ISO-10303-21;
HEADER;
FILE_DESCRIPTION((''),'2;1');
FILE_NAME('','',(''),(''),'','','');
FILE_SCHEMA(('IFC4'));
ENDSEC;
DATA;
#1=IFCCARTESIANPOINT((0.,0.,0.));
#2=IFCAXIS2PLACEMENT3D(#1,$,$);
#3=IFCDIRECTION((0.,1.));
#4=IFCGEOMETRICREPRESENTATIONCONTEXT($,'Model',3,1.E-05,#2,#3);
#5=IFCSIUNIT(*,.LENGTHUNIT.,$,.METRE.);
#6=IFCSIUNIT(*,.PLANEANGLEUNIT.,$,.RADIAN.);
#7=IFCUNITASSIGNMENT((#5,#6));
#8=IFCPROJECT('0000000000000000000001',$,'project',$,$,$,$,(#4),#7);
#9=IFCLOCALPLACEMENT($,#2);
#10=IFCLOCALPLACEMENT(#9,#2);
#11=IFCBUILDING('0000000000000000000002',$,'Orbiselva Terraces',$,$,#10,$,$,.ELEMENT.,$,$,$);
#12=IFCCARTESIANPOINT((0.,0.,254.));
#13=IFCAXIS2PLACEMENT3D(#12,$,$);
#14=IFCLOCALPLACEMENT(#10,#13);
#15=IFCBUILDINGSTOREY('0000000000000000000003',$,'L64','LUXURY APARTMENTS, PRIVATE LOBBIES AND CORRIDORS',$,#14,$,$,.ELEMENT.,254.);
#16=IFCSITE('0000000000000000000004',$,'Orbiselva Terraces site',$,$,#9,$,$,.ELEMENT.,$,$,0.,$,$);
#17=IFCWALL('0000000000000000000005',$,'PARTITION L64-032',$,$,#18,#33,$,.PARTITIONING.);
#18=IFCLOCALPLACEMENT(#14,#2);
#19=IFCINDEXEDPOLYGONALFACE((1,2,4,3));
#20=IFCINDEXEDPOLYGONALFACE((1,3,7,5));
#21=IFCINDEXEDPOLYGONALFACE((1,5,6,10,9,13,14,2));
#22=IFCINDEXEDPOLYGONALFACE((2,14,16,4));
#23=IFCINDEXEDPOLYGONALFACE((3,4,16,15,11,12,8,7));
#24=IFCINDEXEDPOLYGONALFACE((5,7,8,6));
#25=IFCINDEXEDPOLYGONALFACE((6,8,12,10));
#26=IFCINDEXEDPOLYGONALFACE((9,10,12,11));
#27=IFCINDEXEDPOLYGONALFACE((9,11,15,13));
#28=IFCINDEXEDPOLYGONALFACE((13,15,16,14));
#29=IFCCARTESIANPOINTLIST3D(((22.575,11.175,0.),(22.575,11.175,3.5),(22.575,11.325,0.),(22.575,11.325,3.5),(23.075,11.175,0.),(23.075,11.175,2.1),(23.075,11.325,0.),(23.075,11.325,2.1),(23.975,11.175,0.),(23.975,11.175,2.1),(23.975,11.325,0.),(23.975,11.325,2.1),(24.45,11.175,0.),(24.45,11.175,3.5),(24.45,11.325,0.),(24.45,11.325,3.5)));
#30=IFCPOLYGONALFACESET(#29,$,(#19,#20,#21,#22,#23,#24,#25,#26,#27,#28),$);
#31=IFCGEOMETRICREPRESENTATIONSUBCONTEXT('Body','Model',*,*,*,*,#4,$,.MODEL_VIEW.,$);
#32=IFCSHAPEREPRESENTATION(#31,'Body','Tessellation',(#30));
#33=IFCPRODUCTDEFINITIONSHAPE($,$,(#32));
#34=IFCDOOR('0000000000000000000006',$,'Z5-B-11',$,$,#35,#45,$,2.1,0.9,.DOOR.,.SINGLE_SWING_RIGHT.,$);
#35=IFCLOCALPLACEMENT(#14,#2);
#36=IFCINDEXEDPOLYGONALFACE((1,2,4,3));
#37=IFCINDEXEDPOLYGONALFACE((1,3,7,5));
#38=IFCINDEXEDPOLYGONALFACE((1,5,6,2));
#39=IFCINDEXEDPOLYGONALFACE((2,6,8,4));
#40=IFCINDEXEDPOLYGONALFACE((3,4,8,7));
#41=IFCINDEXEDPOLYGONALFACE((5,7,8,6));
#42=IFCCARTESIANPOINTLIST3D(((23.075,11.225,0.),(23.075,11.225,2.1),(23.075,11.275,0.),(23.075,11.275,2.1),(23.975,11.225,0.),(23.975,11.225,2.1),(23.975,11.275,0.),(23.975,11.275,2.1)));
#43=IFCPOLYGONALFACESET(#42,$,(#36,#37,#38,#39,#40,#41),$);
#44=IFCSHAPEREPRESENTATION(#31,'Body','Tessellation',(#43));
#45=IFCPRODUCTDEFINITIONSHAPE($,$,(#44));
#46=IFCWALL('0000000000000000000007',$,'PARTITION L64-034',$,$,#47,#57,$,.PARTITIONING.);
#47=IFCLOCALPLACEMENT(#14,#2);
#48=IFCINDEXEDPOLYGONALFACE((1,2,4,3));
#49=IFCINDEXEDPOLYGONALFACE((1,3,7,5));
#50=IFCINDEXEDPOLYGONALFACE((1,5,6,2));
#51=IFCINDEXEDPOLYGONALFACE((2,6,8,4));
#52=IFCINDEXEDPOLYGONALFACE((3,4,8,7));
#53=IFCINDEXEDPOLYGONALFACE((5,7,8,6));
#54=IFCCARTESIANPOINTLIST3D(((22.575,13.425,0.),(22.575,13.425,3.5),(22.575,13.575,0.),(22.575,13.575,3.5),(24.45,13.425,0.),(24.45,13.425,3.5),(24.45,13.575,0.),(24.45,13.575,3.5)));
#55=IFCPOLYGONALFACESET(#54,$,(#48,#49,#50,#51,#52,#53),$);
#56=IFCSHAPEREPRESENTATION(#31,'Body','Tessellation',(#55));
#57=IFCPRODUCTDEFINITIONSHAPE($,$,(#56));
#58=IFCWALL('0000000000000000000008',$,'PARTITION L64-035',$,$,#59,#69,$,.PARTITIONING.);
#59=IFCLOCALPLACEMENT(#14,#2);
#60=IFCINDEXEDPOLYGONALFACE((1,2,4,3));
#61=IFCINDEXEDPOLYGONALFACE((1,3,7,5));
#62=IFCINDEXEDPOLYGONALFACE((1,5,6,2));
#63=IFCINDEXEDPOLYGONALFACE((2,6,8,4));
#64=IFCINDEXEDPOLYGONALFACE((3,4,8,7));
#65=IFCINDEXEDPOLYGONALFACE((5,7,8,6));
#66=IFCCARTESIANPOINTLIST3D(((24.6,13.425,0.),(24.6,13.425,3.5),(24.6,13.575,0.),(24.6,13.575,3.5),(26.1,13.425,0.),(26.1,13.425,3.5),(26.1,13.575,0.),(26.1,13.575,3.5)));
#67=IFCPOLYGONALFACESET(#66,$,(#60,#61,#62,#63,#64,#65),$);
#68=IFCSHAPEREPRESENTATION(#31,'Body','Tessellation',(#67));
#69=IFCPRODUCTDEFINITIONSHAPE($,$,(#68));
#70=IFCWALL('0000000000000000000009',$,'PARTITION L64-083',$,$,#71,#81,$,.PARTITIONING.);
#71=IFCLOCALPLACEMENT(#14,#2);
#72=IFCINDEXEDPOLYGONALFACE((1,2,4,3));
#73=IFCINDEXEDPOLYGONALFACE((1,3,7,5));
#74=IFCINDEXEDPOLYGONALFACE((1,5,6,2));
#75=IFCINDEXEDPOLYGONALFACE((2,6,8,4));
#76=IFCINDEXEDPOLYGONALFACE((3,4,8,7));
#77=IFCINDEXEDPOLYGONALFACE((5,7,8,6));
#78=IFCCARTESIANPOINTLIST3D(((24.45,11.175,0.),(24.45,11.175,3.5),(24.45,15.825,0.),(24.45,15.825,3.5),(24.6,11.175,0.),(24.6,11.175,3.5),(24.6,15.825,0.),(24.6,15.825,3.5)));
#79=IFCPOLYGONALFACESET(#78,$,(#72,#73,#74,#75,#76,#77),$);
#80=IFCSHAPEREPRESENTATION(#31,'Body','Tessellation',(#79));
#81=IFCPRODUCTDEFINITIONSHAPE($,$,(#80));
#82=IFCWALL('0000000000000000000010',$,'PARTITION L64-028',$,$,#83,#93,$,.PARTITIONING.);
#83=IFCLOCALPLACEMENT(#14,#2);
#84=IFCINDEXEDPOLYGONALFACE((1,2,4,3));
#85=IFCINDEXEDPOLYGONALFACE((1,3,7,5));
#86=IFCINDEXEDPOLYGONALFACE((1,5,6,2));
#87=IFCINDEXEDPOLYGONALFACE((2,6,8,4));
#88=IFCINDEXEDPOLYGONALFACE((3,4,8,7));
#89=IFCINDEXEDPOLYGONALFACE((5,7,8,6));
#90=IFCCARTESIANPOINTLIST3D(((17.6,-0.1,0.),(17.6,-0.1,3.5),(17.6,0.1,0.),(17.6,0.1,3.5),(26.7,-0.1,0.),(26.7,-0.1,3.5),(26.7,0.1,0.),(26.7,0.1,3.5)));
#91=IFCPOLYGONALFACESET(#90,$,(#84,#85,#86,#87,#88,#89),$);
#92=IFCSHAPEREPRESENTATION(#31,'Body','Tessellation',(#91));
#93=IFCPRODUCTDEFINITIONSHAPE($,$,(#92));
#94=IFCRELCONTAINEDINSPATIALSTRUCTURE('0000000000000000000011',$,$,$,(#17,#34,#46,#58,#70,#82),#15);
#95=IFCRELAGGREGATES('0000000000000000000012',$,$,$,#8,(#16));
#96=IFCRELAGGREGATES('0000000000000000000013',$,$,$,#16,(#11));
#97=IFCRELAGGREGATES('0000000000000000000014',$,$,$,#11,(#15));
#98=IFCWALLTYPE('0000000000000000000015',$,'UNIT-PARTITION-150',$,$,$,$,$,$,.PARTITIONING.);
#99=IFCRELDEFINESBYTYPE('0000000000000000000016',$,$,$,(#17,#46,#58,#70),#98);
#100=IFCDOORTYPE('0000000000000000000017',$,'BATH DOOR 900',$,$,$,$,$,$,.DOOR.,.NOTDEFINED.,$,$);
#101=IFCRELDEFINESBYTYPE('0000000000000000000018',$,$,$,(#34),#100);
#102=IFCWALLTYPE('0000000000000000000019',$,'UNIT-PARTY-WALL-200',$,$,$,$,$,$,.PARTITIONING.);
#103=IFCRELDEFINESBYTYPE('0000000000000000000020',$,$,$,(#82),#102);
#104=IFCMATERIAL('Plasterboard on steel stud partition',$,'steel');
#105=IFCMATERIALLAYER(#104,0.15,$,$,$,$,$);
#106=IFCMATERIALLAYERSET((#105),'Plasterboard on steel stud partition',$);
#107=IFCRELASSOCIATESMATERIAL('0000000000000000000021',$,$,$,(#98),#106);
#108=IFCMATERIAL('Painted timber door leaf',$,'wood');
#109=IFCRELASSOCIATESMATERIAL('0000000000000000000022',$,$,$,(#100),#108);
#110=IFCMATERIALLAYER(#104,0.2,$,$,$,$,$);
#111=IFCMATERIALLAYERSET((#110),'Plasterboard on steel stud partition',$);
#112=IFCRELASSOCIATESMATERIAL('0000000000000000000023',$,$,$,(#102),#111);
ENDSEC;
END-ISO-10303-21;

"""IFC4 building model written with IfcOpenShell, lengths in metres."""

from ifc_helpers import new_model, si_unit, direction, frame, frame_2d, origin, place, context, subcontext, project, spatial, rectangle, extrude, material, layer, layer_set, type_object, element, fill, save


model = new_model("IFC4")

# Units and contexts
model_context = context("Model", 3, precision=1e-05, world=origin(), true_north=direction((0.0, 1.0)))
body_context = subcontext(model_context, "Body", "Model", "MODEL_VIEW")
ifc_project = project(units=[si_unit("LENGTHUNIT", "METRE"), si_unit("PLANEANGLEUNIT", "RADIAN")], contexts=[model_context])

# Site, building, storey
site_placement = place(None, origin())
site = spatial("IfcSite", under=ifc_project, at=site_placement, Name="Orbiselva Terraces site", CompositionType="ELEMENT", RefElevation=0.0)
building_placement = place(site_placement, origin())
building = spatial("IfcBuilding", under=site, at=building_placement, Name="Orbiselva Terraces", CompositionType="ELEMENT")
storey_placement = place(building_placement, frame((0.0, 0.0, 254.0)))
storey = spatial("IfcBuildingStorey", under=building, at=storey_placement, Name="L64", Description="LUXURY APARTMENTS, PRIVATE LOBBIES AND CORRIDORS", CompositionType="ELEMENT", Elevation=254.0)

# Shared definitions
ifc_material_1 = material(Name="Plasterboard on steel stud partition", Category="steel")
ifc_material_2 = material(Name="Painted timber door leaf", Category="wood")

# Shared definitions
ifc_layer_1 = layer(ifc_material_1, 0.15)
ifc_layer_set_1 = layer_set([ifc_layer_1], Name="Plasterboard on steel stud partition")
wall_type_1 = type_object("IfcWallType", Name="UNIT-PARTITION-150", PredefinedType="PARTITIONING", material=ifc_layer_set_1)

# Wall, opening, door
wall_1_placement = place(storey_placement, frame((22.575, 11.25, 0.0), z_axis=(0.0, 0.0, 1.0), x_axis=(1.0, 0.0, 0.0)))
wall_1 = element("IfcWall", 1, at=wall_1_placement, inside=storey, type_object=wall_type_1, Name="PARTITION L64-032", PredefinedType="PARTITIONING", context=body_context, shape_type="SweptSolid", body=[
    extrude(rectangle(XDim=1.875, YDim=0.15, at=frame_2d((0.9375, 0.0))), origin(), (0.0, 0.0, 1.0), 3.5),
])
opening_1_placement = place(wall_1_placement, frame((0.5, 0.0, 0.0)))
opening_1 = element("IfcOpeningElement", 2, at=opening_1_placement, cuts=wall_1, PredefinedType="OPENING", context=body_context, shape_type="SweptSolid", body=[
    extrude(rectangle(XDim=0.9, YDim=2.1, at=frame_2d((0.45, 1.05))), frame((0.0, 0.085, 0.0), z_axis=(0.0, -1.0, 0.0), x_axis=(1.0, 0.0, 0.0)), (0.0, 0.0, 1.0), 0.17),
])
door_type_1 = type_object("IfcDoorType", Name="BATH DOOR 900", OperationType="NOTDEFINED", PredefinedType="DOOR", material=ifc_material_2)
door_1_placement = place(opening_1_placement, origin())
door_1 = element("IfcDoor", 3, at=door_1_placement, inside=storey, type_object=door_type_1, Name="Z5-B-11", OperationType="SINGLE_SWING_RIGHT", OverallHeight=2.1, OverallWidth=0.9, PredefinedType="DOOR", context=body_context, shape_type="SweptSolid", body=[
    extrude(rectangle(XDim=0.9, YDim=2.1, at=frame_2d((0.45, 1.05))), frame((0.0, 0.025, 0.0), z_axis=(0.0, -1.0, 0.0), x_axis=(1.0, 0.0, 0.0)), (0.0, 0.0, 1.0), 0.05),
])
fill(opening_1, door_1)

# Walls
wall_2_placement = place(storey_placement, frame((22.575, 13.5, 0.0), z_axis=(0.0, 0.0, 1.0), x_axis=(1.0, 0.0, 0.0)))
element("IfcWall", 4, at=wall_2_placement, inside=storey, type_object=wall_type_1, Name="PARTITION L64-034", PredefinedType="PARTITIONING", context=body_context, shape_type="SweptSolid", body=[
    extrude(rectangle(XDim=1.875, YDim=0.15, at=frame_2d((0.9375, 0.0))), origin(), (0.0, 0.0, 1.0), 3.5),
])
wall_3_placement = place(storey_placement, frame((24.6, 13.5, 0.0), z_axis=(0.0, 0.0, 1.0), x_axis=(1.0, 0.0, 0.0)))
element("IfcWall", 5, at=wall_3_placement, inside=storey, type_object=wall_type_1, Name="PARTITION L64-035", PredefinedType="PARTITIONING", context=body_context, shape_type="SweptSolid", body=[
    extrude(rectangle(XDim=1.5, YDim=0.15, at=frame_2d((0.75, 0.0))), origin(), (0.0, 0.0, 1.0), 3.5),
])
wall_4_placement = place(storey_placement, frame((24.525, 11.175, 0.0), z_axis=(0.0, 0.0, 1.0), x_axis=(0.0, 1.0, 0.0)))
element("IfcWall", 6, at=wall_4_placement, inside=storey, type_object=wall_type_1, Name="PARTITION L64-083", PredefinedType="PARTITIONING", context=body_context, shape_type="SweptSolid", body=[
    extrude(rectangle(XDim=4.65, YDim=0.15, at=frame_2d((2.325, 0.0))), origin(), (0.0, 0.0, 1.0), 3.5),
])
ifc_layer_2 = layer(ifc_material_1, 0.2)
ifc_layer_set_2 = layer_set([ifc_layer_2], Name="Plasterboard on steel stud partition")
wall_type_2 = type_object("IfcWallType", Name="UNIT-PARTY-WALL-200", PredefinedType="PARTITIONING", material=ifc_layer_set_2)
wall_5_placement = place(storey_placement, frame((17.6, 0.0, 0.0), z_axis=(0.0, 0.0, 1.0), x_axis=(1.0, 0.0, 0.0)))
element("IfcWall", 7, at=wall_5_placement, inside=storey, type_object=wall_type_2, Name="PARTITION L64-028", PredefinedType="PARTITIONING", context=body_context, shape_type="SweptSolid", body=[
    extrude(rectangle(XDim=9.1, YDim=0.2, at=frame_2d((4.55, 0.0))), origin(), (0.0, 0.0, 1.0), 3.5),
])

save(model, "model.ifc")
